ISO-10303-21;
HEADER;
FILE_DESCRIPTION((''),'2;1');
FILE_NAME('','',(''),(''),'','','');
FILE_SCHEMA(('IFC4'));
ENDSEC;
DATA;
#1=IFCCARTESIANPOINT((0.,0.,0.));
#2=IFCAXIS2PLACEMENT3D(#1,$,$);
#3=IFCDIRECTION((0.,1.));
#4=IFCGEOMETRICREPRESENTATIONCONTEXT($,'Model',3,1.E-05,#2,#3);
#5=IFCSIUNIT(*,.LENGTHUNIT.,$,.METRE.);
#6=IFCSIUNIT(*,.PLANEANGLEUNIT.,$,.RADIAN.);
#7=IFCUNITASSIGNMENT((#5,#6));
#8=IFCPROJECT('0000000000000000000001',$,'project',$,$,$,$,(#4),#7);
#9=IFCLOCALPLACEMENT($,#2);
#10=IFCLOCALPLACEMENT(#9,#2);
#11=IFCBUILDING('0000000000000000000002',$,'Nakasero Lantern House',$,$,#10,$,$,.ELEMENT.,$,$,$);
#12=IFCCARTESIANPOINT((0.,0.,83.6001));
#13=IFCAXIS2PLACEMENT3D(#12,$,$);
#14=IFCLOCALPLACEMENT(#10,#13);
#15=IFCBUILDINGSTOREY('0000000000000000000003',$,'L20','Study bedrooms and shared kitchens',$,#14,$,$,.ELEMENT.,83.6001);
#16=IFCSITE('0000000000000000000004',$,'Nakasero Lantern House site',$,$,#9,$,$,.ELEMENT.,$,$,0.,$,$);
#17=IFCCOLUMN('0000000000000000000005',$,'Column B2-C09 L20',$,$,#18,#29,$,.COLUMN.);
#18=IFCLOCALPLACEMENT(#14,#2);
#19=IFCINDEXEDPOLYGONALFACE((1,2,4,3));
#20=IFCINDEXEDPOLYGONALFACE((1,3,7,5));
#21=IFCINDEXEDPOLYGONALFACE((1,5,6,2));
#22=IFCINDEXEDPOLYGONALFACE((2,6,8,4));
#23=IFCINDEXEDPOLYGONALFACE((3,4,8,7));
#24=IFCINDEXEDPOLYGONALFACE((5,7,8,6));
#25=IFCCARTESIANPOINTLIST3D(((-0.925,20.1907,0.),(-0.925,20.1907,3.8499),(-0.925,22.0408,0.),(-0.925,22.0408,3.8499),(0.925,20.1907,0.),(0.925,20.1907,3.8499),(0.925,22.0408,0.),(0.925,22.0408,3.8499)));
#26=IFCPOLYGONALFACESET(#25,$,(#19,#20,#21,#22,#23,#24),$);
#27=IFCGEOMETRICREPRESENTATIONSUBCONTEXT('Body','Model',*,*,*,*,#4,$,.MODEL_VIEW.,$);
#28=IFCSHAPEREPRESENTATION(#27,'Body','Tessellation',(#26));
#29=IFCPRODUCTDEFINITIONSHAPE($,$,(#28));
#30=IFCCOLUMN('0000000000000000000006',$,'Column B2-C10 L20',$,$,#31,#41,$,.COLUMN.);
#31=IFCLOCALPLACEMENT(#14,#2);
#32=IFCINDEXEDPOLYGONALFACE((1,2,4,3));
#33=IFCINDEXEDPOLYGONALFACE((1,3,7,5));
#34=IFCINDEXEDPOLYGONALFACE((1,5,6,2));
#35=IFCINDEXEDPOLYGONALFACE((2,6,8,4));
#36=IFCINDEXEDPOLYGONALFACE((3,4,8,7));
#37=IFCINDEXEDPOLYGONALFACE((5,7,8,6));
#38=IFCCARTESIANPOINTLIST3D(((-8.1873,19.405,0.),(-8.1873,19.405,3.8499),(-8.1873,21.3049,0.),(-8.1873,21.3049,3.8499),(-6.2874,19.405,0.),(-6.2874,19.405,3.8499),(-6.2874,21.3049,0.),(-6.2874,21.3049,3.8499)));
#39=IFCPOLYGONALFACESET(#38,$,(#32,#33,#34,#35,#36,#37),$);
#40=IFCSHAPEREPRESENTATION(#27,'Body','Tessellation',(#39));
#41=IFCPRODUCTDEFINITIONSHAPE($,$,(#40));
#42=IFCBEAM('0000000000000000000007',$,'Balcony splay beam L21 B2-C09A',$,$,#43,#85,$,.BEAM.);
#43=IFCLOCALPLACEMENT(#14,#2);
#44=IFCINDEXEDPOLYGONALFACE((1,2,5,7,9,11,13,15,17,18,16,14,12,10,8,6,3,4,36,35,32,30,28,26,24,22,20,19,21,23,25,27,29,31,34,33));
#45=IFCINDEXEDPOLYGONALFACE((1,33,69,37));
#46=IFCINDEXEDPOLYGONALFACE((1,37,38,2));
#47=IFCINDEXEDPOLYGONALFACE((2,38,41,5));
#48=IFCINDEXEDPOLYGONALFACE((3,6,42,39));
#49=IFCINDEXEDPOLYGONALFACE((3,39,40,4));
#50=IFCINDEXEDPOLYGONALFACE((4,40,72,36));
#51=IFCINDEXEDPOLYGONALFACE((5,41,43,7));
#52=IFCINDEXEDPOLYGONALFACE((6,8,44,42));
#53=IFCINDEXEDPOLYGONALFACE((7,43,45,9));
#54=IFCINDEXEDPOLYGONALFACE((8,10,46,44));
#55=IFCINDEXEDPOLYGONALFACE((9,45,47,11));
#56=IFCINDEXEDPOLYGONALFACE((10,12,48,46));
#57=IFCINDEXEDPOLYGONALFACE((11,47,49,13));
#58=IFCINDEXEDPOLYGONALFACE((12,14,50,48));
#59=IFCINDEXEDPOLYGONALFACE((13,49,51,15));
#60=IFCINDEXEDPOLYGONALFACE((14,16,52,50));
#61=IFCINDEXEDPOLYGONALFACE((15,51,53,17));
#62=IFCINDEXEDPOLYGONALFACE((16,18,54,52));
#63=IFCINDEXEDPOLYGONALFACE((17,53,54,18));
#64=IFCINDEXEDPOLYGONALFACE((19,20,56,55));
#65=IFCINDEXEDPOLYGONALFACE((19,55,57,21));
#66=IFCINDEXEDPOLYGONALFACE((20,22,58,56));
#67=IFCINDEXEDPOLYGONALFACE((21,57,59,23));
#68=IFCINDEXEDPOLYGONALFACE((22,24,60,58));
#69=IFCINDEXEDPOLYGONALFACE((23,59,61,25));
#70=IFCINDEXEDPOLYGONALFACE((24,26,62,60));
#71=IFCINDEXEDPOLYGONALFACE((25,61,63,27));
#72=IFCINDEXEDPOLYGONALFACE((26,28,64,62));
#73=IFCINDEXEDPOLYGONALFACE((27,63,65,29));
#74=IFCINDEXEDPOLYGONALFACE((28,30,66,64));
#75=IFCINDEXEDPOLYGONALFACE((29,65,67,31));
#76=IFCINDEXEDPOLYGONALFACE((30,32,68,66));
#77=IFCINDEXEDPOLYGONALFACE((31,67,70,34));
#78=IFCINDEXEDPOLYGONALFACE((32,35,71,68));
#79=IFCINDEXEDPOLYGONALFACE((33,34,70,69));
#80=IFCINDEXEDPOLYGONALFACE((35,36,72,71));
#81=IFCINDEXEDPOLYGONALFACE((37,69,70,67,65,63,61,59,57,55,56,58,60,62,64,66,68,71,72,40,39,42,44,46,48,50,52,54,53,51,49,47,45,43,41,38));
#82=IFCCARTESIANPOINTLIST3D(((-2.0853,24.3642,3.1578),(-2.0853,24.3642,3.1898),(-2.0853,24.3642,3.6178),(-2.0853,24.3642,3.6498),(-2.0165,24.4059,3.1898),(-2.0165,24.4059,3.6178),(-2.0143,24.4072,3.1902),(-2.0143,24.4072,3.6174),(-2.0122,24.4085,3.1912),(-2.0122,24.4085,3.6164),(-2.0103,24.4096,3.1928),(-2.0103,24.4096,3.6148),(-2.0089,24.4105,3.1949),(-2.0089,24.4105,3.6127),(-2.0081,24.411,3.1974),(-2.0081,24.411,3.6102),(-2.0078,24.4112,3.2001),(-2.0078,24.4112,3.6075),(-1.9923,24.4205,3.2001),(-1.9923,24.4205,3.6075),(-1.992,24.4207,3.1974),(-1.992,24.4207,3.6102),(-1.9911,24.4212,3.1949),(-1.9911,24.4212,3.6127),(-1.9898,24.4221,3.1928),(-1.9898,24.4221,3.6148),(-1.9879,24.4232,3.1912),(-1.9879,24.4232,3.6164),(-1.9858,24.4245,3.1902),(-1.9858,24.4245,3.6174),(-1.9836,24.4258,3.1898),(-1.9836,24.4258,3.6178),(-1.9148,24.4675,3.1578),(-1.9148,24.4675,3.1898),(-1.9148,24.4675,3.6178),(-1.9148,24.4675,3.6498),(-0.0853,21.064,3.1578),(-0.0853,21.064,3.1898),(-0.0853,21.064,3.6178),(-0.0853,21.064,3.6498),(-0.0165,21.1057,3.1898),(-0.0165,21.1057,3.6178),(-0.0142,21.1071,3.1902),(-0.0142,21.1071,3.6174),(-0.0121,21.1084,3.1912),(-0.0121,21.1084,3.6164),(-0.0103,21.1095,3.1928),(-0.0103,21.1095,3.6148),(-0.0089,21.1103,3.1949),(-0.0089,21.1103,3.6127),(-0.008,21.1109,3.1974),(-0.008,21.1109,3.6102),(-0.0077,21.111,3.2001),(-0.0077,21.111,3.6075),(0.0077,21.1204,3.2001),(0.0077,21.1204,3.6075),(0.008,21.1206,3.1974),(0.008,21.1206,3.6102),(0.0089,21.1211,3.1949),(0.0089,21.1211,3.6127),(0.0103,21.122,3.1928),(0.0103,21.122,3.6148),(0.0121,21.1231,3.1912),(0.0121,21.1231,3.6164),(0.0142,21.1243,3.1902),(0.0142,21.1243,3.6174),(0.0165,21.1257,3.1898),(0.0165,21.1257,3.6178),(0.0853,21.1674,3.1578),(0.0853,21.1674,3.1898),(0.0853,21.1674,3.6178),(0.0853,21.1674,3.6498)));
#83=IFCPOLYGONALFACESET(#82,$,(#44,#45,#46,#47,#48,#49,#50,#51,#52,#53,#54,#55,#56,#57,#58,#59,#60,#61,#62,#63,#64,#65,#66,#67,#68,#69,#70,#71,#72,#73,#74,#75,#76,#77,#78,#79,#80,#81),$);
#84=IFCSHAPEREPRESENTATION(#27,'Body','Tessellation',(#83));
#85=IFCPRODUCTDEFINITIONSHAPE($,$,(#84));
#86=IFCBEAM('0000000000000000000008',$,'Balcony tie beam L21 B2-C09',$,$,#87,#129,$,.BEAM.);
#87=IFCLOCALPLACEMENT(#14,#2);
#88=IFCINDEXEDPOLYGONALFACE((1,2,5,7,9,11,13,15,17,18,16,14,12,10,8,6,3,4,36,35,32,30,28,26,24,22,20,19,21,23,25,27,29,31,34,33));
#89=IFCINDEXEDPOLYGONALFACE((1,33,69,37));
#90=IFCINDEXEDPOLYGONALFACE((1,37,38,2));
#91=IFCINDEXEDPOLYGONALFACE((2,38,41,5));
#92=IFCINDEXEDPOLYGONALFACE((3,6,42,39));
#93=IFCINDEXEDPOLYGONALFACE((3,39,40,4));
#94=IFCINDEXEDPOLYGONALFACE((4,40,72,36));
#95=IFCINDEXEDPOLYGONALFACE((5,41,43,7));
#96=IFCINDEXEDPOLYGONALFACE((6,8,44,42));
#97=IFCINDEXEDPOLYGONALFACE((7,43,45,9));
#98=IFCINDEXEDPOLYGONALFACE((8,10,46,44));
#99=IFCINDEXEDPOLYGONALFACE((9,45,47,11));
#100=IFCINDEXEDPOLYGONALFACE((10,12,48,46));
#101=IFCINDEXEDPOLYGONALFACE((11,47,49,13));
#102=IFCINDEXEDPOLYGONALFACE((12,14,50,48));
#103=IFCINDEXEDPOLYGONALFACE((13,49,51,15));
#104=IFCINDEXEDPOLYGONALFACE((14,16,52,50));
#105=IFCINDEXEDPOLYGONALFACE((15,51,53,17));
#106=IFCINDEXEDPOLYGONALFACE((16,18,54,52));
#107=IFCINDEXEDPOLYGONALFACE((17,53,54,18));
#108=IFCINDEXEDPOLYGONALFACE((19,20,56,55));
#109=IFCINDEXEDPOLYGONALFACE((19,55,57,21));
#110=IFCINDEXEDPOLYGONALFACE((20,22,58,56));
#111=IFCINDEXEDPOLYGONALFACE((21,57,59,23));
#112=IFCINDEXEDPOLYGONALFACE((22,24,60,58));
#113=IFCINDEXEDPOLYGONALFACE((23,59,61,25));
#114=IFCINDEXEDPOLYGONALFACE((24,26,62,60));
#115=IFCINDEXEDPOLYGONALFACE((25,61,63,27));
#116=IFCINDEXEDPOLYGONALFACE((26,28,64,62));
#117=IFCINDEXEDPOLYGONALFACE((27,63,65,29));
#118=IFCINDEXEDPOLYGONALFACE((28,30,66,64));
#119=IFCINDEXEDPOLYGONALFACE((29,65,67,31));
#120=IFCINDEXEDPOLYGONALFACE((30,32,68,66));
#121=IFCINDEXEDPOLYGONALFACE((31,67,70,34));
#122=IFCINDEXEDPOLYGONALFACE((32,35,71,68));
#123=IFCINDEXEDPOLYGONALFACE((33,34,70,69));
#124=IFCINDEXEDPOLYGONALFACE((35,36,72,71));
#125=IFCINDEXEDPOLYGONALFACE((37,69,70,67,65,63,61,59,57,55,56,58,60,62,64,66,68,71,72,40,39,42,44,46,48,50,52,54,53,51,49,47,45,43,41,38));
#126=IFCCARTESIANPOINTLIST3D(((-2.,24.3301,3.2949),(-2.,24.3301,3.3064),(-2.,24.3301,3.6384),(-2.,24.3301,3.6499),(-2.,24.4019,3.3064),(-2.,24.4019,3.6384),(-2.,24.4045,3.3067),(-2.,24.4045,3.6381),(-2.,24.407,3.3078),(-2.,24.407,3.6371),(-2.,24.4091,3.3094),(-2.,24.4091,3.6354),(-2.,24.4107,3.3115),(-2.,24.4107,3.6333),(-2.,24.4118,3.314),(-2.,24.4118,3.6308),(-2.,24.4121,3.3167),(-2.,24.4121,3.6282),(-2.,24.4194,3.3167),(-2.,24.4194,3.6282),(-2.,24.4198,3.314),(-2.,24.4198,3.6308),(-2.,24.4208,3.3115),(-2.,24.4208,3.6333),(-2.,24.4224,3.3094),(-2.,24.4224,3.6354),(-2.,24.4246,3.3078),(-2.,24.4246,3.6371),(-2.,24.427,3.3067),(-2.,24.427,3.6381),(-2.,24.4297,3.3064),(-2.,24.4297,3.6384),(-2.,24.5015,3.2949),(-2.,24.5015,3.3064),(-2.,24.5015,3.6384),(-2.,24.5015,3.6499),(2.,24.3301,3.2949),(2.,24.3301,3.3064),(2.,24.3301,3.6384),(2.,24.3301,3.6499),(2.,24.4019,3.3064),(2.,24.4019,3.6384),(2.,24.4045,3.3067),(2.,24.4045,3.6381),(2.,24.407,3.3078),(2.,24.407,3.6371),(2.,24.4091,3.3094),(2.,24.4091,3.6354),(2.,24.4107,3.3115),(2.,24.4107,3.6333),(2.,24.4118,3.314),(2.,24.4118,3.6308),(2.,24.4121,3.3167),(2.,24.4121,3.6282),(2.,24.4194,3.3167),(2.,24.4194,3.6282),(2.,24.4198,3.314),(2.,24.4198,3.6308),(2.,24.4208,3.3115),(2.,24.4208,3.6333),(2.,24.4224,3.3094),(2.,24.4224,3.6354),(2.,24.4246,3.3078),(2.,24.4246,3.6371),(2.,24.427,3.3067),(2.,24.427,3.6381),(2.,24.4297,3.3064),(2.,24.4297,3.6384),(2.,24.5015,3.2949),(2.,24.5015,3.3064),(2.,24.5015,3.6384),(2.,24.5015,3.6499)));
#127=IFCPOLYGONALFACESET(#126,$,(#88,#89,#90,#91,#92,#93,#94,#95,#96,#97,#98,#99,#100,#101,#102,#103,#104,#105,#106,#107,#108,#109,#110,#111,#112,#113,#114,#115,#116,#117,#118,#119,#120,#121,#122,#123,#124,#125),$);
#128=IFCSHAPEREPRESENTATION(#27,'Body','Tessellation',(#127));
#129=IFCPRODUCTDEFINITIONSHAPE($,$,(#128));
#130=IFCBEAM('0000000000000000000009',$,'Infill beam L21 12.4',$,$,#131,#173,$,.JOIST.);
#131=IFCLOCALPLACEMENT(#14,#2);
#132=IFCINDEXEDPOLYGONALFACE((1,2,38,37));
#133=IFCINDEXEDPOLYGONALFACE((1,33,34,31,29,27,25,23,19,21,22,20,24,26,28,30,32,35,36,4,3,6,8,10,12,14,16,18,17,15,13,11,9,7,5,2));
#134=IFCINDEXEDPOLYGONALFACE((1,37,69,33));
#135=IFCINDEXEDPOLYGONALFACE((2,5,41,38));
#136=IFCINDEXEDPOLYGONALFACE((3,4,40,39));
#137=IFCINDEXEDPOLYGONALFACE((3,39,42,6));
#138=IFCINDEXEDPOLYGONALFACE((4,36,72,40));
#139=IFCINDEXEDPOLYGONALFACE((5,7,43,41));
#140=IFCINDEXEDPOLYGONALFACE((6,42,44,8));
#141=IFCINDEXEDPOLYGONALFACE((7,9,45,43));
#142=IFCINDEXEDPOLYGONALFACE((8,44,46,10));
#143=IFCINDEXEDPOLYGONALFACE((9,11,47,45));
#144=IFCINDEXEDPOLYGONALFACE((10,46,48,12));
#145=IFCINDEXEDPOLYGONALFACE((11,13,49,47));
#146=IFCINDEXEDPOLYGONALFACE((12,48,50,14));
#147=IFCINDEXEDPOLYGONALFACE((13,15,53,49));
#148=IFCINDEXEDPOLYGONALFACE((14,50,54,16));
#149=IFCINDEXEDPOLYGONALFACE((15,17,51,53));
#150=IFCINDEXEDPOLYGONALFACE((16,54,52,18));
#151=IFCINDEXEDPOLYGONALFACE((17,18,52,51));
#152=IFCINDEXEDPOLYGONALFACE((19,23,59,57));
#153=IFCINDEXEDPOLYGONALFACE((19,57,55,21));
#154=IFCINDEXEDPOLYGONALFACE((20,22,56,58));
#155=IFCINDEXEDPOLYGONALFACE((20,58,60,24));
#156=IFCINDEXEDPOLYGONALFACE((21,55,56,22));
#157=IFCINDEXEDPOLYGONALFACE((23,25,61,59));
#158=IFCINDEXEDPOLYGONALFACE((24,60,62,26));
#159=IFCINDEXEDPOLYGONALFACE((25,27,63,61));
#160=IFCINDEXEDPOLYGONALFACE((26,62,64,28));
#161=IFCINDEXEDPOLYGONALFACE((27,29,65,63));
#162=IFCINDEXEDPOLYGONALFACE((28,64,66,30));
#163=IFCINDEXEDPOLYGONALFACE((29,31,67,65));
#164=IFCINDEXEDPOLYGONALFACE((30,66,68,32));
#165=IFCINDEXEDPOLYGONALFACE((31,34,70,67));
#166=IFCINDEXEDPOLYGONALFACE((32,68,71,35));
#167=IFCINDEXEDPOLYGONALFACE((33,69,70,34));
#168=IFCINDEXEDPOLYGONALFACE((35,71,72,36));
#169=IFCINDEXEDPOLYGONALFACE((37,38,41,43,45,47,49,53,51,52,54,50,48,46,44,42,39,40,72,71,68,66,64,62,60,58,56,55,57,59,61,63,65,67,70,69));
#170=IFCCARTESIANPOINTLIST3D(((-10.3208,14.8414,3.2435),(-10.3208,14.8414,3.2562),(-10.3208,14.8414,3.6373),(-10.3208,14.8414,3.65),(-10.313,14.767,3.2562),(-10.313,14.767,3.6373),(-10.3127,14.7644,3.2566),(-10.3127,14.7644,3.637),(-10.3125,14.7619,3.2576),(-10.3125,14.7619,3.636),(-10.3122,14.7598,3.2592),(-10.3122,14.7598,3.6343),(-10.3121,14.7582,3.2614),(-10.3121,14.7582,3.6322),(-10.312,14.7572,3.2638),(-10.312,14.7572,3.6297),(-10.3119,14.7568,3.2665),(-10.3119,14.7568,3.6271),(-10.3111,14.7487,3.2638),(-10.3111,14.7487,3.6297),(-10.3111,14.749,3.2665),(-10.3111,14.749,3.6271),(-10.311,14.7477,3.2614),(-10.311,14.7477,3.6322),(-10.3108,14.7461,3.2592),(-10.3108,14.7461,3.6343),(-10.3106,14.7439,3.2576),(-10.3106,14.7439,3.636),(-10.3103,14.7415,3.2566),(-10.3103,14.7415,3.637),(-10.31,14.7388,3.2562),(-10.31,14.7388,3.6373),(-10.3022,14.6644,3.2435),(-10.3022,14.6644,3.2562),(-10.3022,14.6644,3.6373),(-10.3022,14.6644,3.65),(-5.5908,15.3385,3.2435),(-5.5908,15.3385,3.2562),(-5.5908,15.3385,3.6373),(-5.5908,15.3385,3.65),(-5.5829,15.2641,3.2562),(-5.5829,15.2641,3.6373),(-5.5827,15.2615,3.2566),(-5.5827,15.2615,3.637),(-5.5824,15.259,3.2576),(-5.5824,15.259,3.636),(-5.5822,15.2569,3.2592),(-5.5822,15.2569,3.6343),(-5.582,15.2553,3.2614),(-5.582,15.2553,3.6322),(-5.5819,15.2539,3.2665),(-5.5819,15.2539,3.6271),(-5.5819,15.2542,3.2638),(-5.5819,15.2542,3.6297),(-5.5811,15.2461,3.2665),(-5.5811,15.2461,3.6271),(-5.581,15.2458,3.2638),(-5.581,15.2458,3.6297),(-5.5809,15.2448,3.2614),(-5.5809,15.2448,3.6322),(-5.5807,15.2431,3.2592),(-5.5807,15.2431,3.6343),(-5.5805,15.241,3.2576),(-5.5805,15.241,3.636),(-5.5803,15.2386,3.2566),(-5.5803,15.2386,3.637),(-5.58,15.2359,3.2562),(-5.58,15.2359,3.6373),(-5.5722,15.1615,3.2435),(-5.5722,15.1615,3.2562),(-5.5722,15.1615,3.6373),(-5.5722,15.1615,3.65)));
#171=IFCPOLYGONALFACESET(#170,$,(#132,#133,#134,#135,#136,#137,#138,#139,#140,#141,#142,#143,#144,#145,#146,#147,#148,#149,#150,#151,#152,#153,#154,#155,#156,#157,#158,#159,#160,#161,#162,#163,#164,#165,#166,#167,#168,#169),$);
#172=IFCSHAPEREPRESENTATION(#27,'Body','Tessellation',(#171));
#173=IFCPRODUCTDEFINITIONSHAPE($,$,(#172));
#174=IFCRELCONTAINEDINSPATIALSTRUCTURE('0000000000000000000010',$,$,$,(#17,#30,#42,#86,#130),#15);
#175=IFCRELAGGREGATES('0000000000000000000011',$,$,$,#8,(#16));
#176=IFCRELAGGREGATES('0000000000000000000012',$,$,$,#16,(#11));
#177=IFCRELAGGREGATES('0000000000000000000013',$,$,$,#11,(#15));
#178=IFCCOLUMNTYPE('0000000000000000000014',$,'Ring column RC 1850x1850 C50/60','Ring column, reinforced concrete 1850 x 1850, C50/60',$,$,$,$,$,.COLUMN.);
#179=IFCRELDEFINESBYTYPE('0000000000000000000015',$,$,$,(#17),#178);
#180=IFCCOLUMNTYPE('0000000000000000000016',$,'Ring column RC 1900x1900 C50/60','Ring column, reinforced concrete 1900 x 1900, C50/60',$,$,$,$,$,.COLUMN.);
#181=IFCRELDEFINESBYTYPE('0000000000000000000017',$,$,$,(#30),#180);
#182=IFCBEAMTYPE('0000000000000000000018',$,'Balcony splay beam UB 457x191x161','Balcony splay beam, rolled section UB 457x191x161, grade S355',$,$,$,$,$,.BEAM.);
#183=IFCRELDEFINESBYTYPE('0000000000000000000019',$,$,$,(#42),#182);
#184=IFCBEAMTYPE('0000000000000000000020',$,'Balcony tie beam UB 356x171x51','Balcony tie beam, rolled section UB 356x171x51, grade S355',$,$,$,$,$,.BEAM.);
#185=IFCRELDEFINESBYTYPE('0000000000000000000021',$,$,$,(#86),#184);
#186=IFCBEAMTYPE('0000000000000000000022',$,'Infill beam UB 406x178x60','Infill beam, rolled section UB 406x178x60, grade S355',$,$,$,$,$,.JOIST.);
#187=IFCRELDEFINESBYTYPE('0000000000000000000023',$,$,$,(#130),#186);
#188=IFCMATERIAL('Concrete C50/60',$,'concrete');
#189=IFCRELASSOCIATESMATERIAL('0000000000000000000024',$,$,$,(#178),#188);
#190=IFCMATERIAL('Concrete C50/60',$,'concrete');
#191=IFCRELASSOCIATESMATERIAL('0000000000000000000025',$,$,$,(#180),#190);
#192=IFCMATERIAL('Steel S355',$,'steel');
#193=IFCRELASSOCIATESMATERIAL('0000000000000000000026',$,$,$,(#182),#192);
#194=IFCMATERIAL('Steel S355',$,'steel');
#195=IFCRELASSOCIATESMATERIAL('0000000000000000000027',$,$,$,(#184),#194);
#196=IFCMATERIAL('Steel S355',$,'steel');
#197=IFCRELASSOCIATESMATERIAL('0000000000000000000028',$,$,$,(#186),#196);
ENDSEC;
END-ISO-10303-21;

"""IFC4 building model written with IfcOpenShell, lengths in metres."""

from ifc_helpers import new_model, si_unit, direction, frame, origin, origin_2d, place, context, subcontext, project, spatial, rectangle, i_section, extrude, material, material_profile, profile_set, type_object, element, save


model = new_model("IFC4")

# Units and contexts
model_context = context("Model", 3, precision=1e-05, world=origin(), true_north=direction((0.0, 1.0)))
body_context = subcontext(model_context, "Body", "Model", "MODEL_VIEW")
ifc_project = project(units=[si_unit("LENGTHUNIT", "METRE"), si_unit("PLANEANGLEUNIT", "RADIAN")], contexts=[model_context])

# Site, building, storey
site_placement = place(None, origin())
site = spatial("IfcSite", under=ifc_project, at=site_placement, Name="Nakasero Lantern House site", CompositionType="ELEMENT", RefElevation=0.0)
building_placement = place(site_placement, origin())
building = spatial("IfcBuilding", under=site, at=building_placement, Name="Nakasero Lantern House", CompositionType="ELEMENT")
storey_placement = place(building_placement, frame((0.0, 0.0, 83.6001)))
storey = spatial("IfcBuildingStorey", under=building, at=storey_placement, Name="L20", Description="Study bedrooms and shared kitchens", CompositionType="ELEMENT", Elevation=83.6001)

# Columns
ifc_material_1 = material(Name="Concrete C50/60", Category="concrete")
ifc_material_profile_1 = material_profile(ifc_material_1, rectangle(XDim=1.8501, YDim=1.8501, at=origin_2d()), Name="RC 1850x1850")
ifc_profile_set_1 = profile_set([ifc_material_profile_1], Name="Concrete C50/60")
column_type_1 = type_object("IfcColumnType", Name="Ring column RC 1850x1850 C50/60", Description="Ring column, reinforced concrete 1850 x 1850, C50/60", PredefinedType="COLUMN", material=ifc_profile_set_1)
column_1_placement = place(storey_placement, frame((0.0, 21.1157, 0.0), z_axis=(0.0, 0.0, 1.0), x_axis=(1.0, 0.0, 0.0)))
element("IfcColumn", 1, at=column_1_placement, inside=storey, type_object=column_type_1, Name="Column B2-C09 L20", PredefinedType="COLUMN", context=body_context, shape_type="SweptSolid", body=[
    extrude(rectangle(XDim=1.8501, YDim=1.8501, at=origin_2d()), origin(), (0.0, 0.0, 1.0), 3.8499),
])
ifc_material_2 = material(Name="Concrete C50/60", Category="concrete")
ifc_material_profile_2 = material_profile(ifc_material_2, rectangle(XDim=1.8999, YDim=1.8999, at=origin_2d()), Name="RC 1900x1900")
ifc_profile_set_2 = profile_set([ifc_material_profile_2], Name="Concrete C50/60")
column_type_2 = type_object("IfcColumnType", Name="Ring column RC 1900x1900 C50/60", Description="Ring column, reinforced concrete 1900 x 1900, C50/60", PredefinedType="COLUMN", material=ifc_profile_set_2)
column_2_placement = place(storey_placement, frame((-7.2373, 20.355, 0.0), z_axis=(0.0, 0.0, 1.0), x_axis=(1.0, 0.0, 0.0)))
element("IfcColumn", 2, at=column_2_placement, inside=storey, type_object=column_type_2, Name="Column B2-C10 L20", PredefinedType="COLUMN", context=body_context, shape_type="SweptSolid", body=[
    extrude(rectangle(XDim=1.8999, YDim=1.8999, at=origin_2d()), origin(), (0.0, 0.0, 1.0), 3.8499),
])

# Beams
ifc_material_3 = material(Name="Steel S355", Category="steel")
ifc_material_profile_3 = material_profile(ifc_material_3, i_section(OverallWidth=0.1995, OverallDepth=0.4919, WebThickness=0.0181, FlangeThickness=0.032, FilletRadius=0.0103, at=origin_2d()), Name="UB 457x191x161")
ifc_profile_set_3 = profile_set([ifc_material_profile_3], Name="Steel S355")
beam_type_1 = type_object("IfcBeamType", Name="Balcony splay beam UB 457x191x161", Description="Balcony splay beam, rolled section UB 457x191x161, grade S355", PredefinedType="BEAM", material=ifc_profile_set_3)
beam_1_placement = place(storey_placement, frame((0.0, 21.1157, 3.4038), z_axis=(-0.518296, 0.855201, 0.0), x_axis=(-0.855201, -0.518296, 0.0)))
element("IfcBeam", 3, at=beam_1_placement, inside=storey, type_object=beam_type_1, Name="Balcony splay beam L21 B2-C09A", PredefinedType="BEAM", context=body_context, shape_type="SweptSolid", body=[
    extrude(i_section(OverallWidth=0.1995, OverallDepth=0.4919, WebThickness=0.0181, FlangeThickness=0.032, FilletRadius=0.0103, at=origin_2d()), origin(), (0.0, 0.0, 1.0), 3.8589),
])
ifc_material_4 = material(Name="Steel S355", Category="steel")
ifc_material_profile_4 = material_profile(ifc_material_4, i_section(OverallWidth=0.1714, OverallDepth=0.355, WebThickness=0.0073, FlangeThickness=0.0115, FilletRadius=0.0103, at=origin_2d()), Name="UB 356x171x51")
ifc_profile_set_4 = profile_set([ifc_material_profile_4], Name="Steel S355")
beam_type_2 = type_object("IfcBeamType", Name="Balcony tie beam UB 356x171x51", Description="Balcony tie beam, rolled section UB 356x171x51, grade S355", PredefinedType="BEAM", material=ifc_profile_set_4)
beam_2_placement = place(storey_placement, frame((-2.0, 24.4158, 3.4724), z_axis=(1.0, 0.0, 0.0), x_axis=(0.0, 1.0, 0.0)))
element("IfcBeam", 4, at=beam_2_placement, inside=storey, type_object=beam_type_2, Name="Balcony tie beam L21 B2-C09", PredefinedType="BEAM", context=body_context, shape_type="SweptSolid", body=[
    extrude(i_section(OverallWidth=0.1714, OverallDepth=0.355, WebThickness=0.0073, FlangeThickness=0.0115, FilletRadius=0.0103, at=origin_2d()), origin(), (0.0, 0.0, 1.0), 4.0),
])
ifc_material_5 = material(Name="Steel S355", Category="steel")
ifc_material_profile_5 = material_profile(ifc_material_5, i_section(OverallWidth=0.178, OverallDepth=0.4065, WebThickness=0.0078, FlangeThickness=0.0127, FilletRadius=0.0103, at=origin_2d()), Name="UB 406x178x60")
ifc_profile_set_5 = profile_set([ifc_material_profile_5], Name="Steel S355")
beam_type_3 = type_object("IfcBeamType", Name="Infill beam UB 406x178x60", Description="Infill beam, rolled section UB 406x178x60, grade S355", PredefinedType="JOIST", material=ifc_profile_set_5)
beam_3_placement = place(storey_placement, frame((-10.3115, 14.7529, 3.4468), z_axis=(0.994523, 0.104514, 0.0), x_axis=(-0.104514, 0.994523, 0.0)))
element("IfcBeam", 5, at=beam_3_placement, inside=storey, type_object=beam_type_3, Name="Infill beam L21 12.4", PredefinedType="JOIST", context=body_context, shape_type="SweptSolid", body=[
    extrude(i_section(OverallWidth=0.178, OverallDepth=0.4065, WebThickness=0.0078, FlangeThickness=0.0127, FilletRadius=0.0103, at=origin_2d()), origin(), (0.0, 0.0, 1.0), 4.7561),
])

save(model, "model.ifc")
